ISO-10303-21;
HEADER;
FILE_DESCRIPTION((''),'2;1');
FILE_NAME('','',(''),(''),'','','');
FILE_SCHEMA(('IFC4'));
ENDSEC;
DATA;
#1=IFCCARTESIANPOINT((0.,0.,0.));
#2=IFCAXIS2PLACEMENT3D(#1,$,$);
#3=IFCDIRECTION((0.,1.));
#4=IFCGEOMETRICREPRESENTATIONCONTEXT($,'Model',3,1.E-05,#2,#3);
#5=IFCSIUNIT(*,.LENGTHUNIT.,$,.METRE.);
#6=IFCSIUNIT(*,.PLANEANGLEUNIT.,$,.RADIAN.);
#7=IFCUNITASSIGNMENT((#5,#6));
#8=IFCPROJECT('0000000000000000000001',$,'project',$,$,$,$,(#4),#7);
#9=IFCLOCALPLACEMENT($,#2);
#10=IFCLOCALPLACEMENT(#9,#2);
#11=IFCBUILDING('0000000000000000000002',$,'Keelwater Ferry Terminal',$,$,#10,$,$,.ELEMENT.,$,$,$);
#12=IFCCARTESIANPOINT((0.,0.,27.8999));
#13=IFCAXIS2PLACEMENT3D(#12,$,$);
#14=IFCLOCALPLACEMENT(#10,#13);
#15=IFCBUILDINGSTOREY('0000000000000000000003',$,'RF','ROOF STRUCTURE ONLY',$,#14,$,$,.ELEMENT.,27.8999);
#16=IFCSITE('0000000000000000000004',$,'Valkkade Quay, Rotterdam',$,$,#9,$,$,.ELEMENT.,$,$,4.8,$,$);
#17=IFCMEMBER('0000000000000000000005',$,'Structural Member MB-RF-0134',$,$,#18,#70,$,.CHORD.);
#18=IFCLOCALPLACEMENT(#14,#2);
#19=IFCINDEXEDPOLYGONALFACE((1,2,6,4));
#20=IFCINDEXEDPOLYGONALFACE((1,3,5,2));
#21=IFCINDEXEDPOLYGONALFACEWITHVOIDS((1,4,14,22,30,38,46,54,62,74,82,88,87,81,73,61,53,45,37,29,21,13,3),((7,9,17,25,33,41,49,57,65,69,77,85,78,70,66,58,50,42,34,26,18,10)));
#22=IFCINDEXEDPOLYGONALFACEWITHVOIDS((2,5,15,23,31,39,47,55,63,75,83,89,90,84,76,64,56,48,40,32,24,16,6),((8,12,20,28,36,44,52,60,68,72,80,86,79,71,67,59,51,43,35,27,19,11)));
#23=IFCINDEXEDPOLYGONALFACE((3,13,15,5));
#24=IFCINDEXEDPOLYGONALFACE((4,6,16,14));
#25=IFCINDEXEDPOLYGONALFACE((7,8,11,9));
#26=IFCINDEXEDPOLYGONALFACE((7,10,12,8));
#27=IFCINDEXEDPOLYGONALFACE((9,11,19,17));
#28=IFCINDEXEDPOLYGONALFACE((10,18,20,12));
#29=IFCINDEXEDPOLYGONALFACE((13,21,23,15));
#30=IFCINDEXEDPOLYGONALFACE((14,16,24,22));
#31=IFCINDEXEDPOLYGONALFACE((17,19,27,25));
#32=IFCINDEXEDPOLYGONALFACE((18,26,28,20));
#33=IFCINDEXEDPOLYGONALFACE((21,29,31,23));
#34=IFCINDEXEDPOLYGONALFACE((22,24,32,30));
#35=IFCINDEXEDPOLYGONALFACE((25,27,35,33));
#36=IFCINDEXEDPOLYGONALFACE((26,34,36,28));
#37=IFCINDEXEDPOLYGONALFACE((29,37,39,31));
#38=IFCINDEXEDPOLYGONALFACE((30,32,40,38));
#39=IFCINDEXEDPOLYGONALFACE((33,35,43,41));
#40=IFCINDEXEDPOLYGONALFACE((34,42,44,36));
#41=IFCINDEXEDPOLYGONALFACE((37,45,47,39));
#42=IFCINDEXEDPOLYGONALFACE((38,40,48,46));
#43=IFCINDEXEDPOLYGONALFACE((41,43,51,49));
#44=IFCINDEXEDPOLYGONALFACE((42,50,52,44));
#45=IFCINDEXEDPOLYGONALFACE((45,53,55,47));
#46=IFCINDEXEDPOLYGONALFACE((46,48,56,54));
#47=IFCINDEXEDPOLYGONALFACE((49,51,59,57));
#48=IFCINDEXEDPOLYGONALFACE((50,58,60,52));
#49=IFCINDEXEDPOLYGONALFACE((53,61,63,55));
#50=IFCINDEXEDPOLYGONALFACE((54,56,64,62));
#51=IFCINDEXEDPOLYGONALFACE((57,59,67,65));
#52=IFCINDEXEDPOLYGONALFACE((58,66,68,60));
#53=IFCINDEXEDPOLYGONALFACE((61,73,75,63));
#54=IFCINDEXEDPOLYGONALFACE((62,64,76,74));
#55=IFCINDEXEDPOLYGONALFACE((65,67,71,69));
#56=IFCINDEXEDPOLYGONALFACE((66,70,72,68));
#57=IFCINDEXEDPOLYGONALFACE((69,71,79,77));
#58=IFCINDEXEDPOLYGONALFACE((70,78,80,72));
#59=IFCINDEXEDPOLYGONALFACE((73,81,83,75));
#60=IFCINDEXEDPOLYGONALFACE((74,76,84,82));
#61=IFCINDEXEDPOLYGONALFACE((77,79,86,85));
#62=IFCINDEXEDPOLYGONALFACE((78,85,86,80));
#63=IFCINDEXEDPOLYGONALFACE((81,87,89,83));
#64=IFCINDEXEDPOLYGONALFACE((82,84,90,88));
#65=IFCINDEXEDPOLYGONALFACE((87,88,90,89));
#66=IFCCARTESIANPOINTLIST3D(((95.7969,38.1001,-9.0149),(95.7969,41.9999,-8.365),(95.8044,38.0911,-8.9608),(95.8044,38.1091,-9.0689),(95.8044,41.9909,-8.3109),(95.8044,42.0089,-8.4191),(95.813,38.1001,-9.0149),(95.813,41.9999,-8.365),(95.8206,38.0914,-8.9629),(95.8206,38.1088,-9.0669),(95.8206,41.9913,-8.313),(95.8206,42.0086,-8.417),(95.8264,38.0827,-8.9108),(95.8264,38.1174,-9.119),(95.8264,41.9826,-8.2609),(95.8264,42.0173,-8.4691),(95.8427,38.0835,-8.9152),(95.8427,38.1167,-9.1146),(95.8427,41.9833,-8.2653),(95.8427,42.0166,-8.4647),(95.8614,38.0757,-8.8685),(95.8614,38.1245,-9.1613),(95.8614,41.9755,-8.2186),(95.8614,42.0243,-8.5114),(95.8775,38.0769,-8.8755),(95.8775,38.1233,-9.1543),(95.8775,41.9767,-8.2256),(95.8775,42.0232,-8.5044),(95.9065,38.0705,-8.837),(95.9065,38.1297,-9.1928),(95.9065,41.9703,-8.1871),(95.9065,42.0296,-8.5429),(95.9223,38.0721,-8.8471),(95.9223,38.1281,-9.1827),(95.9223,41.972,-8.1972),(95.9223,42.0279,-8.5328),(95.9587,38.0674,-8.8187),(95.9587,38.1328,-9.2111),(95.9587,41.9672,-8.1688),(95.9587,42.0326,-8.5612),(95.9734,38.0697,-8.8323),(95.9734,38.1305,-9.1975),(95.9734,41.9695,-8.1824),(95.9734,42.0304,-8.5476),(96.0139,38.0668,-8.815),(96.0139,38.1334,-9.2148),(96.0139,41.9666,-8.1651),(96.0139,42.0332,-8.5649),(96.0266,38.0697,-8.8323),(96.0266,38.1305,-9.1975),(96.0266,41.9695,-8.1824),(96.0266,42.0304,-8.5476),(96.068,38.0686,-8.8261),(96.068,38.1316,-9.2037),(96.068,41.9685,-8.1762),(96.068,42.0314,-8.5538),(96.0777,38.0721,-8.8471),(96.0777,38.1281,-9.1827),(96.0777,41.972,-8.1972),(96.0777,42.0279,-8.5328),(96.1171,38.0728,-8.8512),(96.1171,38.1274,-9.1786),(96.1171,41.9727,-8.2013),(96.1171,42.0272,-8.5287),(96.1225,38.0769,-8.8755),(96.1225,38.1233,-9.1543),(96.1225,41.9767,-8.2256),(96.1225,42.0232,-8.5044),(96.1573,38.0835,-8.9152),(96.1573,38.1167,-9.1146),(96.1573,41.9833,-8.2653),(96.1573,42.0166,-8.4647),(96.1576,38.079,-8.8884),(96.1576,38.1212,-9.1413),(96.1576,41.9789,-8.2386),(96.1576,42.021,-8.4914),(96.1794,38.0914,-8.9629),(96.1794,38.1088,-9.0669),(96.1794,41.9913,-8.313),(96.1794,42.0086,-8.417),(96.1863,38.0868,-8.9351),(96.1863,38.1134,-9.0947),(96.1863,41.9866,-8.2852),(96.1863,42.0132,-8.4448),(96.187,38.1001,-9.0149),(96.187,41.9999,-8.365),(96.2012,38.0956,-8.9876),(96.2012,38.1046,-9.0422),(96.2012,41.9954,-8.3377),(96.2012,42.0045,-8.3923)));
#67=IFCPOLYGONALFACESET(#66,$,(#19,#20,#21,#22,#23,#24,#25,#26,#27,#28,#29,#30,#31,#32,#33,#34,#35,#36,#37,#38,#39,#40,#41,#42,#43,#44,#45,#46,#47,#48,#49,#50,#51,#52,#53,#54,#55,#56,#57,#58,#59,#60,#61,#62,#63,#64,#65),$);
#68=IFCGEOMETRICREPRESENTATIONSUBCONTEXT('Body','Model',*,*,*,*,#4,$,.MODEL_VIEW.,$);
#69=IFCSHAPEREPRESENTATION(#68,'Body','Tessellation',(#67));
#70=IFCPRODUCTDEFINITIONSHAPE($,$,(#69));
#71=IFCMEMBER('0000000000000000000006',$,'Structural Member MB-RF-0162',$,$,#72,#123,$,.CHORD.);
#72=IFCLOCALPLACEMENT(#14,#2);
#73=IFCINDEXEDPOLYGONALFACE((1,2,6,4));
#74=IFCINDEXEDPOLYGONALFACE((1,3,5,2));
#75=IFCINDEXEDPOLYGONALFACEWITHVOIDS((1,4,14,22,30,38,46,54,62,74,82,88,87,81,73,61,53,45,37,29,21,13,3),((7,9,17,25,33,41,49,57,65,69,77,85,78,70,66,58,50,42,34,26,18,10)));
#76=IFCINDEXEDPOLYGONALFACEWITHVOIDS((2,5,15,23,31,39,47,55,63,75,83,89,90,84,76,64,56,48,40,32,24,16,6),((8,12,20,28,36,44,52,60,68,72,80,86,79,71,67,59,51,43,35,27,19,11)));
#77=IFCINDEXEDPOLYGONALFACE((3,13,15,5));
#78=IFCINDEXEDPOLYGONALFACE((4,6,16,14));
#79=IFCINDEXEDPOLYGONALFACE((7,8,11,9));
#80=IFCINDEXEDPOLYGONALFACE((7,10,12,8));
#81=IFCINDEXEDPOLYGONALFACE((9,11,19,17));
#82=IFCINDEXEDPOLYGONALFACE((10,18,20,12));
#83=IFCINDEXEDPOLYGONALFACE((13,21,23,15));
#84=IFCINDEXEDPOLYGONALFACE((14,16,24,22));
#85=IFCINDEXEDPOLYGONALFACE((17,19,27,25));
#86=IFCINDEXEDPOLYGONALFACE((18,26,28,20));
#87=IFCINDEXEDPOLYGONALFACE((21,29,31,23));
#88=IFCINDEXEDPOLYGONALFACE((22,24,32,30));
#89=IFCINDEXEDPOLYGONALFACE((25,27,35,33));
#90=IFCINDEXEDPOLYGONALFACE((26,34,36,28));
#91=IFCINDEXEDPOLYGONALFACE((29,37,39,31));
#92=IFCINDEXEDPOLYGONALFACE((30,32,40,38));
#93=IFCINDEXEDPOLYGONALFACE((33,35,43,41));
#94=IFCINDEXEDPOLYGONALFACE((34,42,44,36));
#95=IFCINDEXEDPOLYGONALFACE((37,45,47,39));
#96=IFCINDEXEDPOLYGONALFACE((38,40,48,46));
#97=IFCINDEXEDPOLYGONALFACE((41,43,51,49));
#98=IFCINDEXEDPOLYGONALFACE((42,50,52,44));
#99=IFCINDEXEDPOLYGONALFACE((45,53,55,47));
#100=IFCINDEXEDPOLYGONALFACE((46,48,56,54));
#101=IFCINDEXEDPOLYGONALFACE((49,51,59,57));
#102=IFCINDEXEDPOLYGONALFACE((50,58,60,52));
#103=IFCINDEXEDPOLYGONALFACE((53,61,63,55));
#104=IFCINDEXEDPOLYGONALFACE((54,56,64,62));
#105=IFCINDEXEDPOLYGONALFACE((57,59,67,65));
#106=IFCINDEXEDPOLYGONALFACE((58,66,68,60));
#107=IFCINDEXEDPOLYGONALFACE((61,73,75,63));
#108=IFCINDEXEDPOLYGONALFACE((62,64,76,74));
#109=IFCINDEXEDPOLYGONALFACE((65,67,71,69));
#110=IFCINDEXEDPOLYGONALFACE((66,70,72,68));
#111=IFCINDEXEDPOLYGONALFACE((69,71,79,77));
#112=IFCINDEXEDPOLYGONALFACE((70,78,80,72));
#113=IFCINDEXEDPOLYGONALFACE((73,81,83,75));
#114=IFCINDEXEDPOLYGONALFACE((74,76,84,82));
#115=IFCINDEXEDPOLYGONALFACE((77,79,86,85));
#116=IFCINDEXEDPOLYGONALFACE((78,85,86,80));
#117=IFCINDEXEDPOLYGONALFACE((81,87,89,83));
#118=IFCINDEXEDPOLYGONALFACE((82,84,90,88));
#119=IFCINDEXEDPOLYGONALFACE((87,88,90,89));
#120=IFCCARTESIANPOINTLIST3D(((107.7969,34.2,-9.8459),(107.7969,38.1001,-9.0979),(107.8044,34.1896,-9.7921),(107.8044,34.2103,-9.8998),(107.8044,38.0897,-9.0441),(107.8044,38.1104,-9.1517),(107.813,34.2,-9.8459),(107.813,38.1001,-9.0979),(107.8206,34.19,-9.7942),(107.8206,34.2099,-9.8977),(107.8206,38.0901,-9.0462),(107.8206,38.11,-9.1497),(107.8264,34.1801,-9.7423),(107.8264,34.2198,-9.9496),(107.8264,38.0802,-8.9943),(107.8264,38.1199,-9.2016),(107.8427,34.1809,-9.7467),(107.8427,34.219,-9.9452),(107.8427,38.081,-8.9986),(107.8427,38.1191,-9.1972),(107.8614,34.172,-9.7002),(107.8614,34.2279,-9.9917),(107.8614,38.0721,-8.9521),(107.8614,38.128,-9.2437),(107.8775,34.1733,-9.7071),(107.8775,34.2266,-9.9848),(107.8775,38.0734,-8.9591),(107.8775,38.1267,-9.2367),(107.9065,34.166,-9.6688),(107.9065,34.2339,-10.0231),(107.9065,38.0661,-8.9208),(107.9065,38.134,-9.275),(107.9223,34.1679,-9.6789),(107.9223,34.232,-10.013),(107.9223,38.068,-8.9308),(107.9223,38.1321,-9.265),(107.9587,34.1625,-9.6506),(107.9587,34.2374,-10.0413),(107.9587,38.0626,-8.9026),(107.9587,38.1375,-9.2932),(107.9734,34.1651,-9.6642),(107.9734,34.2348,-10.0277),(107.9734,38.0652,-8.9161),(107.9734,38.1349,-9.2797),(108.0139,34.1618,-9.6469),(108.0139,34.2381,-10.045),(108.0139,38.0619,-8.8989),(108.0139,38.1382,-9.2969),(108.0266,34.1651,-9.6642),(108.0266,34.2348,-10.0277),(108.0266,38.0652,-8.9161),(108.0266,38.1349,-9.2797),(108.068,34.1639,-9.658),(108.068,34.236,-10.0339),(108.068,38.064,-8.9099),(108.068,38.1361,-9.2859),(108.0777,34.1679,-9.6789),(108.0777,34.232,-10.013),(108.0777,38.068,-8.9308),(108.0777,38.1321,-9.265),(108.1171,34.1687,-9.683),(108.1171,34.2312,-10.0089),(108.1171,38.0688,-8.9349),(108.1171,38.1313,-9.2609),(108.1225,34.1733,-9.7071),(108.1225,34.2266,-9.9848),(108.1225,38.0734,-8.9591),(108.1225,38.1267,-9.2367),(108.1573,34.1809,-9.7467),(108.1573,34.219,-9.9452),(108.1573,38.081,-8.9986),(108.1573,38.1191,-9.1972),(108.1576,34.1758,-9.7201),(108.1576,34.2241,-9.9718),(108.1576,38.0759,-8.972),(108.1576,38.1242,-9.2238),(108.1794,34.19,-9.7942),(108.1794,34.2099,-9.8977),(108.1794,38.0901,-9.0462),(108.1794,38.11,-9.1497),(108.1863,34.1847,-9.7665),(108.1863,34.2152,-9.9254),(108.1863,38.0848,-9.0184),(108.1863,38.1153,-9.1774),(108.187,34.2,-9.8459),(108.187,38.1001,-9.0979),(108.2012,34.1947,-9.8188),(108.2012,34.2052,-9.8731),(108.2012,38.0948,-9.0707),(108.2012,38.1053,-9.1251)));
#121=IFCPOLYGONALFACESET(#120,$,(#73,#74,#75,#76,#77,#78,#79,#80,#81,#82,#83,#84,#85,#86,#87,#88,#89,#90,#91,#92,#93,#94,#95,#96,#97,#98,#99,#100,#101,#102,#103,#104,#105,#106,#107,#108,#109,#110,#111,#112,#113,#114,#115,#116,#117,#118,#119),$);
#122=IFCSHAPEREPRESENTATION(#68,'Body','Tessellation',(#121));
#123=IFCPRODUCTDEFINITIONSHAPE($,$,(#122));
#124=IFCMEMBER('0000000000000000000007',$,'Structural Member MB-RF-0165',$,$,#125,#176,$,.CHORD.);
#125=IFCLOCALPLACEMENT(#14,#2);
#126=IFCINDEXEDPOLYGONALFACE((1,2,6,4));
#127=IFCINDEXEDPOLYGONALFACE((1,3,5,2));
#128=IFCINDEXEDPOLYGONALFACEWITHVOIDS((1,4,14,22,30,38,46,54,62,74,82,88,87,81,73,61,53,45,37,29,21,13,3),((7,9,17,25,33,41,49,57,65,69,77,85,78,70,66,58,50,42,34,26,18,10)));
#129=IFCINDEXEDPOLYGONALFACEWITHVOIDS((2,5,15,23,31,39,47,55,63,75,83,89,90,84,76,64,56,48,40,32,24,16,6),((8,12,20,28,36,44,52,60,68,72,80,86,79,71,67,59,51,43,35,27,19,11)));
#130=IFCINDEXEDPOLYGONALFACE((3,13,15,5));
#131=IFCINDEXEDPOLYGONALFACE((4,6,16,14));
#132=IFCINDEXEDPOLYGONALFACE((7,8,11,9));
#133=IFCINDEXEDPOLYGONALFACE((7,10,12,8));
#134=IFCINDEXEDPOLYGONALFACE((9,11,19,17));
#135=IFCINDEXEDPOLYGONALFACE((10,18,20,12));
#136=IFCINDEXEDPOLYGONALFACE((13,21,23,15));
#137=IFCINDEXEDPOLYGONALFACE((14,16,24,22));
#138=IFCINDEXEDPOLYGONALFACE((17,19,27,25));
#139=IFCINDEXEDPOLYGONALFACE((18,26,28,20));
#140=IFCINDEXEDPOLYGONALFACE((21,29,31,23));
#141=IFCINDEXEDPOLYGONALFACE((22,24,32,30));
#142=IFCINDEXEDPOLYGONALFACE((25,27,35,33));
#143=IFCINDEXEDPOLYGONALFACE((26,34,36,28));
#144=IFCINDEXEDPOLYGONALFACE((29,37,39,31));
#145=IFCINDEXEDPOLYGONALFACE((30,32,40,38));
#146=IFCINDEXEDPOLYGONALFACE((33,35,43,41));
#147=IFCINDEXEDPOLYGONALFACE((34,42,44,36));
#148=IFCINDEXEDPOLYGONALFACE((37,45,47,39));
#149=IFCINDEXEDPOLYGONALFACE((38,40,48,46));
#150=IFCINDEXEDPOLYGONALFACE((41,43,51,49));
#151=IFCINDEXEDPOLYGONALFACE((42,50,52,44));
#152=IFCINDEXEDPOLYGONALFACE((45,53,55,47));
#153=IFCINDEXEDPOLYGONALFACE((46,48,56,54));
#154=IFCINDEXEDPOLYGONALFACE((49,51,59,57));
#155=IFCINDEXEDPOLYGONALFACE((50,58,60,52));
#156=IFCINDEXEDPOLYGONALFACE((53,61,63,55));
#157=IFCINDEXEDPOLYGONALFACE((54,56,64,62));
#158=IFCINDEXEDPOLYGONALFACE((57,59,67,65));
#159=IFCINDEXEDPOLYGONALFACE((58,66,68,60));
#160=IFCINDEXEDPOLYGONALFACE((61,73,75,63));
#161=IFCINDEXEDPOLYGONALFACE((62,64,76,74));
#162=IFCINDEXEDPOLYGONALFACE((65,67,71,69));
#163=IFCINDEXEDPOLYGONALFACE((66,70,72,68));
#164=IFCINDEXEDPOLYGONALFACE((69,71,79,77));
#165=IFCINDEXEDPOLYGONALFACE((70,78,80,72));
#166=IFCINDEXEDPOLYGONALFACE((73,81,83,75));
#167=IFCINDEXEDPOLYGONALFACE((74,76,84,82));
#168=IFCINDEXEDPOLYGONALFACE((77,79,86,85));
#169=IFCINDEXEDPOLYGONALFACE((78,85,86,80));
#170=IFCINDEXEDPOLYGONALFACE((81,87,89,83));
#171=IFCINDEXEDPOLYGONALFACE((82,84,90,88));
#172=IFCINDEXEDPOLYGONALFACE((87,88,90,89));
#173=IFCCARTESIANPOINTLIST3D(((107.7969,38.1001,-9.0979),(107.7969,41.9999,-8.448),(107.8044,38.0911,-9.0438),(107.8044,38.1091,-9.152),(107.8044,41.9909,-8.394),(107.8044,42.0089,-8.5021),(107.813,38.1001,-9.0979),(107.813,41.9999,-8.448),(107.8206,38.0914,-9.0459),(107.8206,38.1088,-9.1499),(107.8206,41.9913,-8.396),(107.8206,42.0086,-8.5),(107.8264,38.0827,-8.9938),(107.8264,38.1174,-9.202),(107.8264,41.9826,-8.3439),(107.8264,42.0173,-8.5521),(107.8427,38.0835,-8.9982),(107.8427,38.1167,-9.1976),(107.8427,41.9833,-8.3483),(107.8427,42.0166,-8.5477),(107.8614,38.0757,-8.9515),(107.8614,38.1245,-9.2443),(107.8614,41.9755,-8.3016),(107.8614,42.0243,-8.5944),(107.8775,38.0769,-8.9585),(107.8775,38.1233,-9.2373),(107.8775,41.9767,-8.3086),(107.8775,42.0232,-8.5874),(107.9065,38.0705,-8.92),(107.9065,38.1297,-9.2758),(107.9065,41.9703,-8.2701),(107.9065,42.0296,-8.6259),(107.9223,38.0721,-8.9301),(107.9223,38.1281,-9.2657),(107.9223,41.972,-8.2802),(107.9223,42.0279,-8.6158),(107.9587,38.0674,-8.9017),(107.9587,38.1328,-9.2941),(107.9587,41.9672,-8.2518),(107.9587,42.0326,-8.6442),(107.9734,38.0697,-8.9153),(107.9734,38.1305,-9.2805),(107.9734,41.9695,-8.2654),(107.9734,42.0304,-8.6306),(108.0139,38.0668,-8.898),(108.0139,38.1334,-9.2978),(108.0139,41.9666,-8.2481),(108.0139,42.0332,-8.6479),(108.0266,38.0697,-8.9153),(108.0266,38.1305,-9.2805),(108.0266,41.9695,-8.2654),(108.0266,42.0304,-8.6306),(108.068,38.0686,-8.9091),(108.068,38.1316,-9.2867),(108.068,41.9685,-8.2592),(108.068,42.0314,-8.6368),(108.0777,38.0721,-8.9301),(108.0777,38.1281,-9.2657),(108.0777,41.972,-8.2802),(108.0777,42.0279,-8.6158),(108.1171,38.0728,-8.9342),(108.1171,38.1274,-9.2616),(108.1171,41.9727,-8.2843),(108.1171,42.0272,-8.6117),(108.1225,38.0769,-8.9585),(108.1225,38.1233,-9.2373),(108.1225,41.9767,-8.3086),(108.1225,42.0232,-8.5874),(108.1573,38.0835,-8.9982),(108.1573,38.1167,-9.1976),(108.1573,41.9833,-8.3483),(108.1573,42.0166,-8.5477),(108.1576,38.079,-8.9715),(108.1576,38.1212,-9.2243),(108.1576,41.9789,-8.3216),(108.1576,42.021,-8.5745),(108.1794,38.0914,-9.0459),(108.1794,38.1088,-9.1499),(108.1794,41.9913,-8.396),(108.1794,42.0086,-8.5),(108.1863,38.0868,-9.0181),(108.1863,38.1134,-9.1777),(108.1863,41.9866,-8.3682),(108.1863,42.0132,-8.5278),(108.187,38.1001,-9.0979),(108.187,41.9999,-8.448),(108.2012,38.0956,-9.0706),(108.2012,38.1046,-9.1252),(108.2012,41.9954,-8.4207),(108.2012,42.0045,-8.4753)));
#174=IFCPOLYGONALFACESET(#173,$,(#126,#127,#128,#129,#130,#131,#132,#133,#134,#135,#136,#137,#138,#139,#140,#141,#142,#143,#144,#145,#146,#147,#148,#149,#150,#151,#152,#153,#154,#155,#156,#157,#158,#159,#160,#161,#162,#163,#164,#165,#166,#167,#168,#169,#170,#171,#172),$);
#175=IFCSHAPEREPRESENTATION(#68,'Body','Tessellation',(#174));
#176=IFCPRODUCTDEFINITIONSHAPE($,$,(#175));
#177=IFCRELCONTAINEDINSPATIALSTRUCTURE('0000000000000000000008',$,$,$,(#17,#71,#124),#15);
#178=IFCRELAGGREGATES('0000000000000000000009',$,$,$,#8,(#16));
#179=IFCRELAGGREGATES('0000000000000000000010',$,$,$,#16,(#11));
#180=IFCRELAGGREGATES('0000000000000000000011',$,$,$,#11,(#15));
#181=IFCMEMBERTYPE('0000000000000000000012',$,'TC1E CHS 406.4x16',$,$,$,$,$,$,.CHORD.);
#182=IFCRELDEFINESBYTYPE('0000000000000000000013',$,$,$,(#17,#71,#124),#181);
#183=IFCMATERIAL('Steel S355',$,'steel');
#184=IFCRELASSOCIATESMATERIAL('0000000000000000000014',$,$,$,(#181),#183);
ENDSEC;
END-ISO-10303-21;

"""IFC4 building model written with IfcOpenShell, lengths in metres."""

from ifc_helpers import new_model, si_unit, direction, frame, origin, origin_2d, place, context, subcontext, project, spatial, hollow_circle, extrude, material, material_profile, profile_set, type_object, element, save


model = new_model("IFC4")

# Units and contexts
model_context = context("Model", 3, precision=1e-05, world=origin(), true_north=direction((0.0, 1.0)))
body_context = subcontext(model_context, "Body", "Model", "MODEL_VIEW")
ifc_project = project(units=[si_unit("LENGTHUNIT", "METRE"), si_unit("PLANEANGLEUNIT", "RADIAN")], contexts=[model_context])

# Site, building, storey
site_placement = place(None, origin())
site = spatial("IfcSite", under=ifc_project, at=site_placement, Name="Valkkade Quay, Rotterdam", CompositionType="ELEMENT", RefElevation=4.8)
building_placement = place(site_placement, origin())
building = spatial("IfcBuilding", under=site, at=building_placement, Name="Keelwater Ferry Terminal", CompositionType="ELEMENT")
storey_placement = place(building_placement, frame((0.0, 0.0, 27.8999)))
storey = spatial("IfcBuildingStorey", under=building, at=storey_placement, Name="RF", Description="ROOF STRUCTURE ONLY", CompositionType="ELEMENT", Elevation=27.8999)

# Members
ifc_material_1 = material(Name="Steel S355", Category="steel")
ifc_material_profile_1 = material_profile(ifc_material_1, hollow_circle(Radius=0.2031, WallThickness=0.0161, at=origin_2d()), Name="CHS 406.4x16")
ifc_profile_set_1 = profile_set([ifc_material_profile_1], Name="Steel S355")
member_type_1 = type_object("IfcMemberType", Name="TC1E CHS 406.4x16", PredefinedType="CHORD", material=ifc_profile_set_1)
member_1_placement = place(storey_placement, frame((96.0, 38.1001, -9.0149), z_axis=(0.0, 0.986397, 0.164379), x_axis=(-1.0, 0.0, 0.0)))
element("IfcMember", 1, at=member_1_placement, inside=storey, type_object=member_type_1, Name="Structural Member MB-RF-0134", PredefinedType="CHORD", context=body_context, shape_type="SweptSolid", body=[
    extrude(hollow_circle(Radius=0.2031, WallThickness=0.0161, at=origin_2d()), origin(), (0.0, 0.0, 1.0), 3.9536),
])
member_2_placement = place(storey_placement, frame((108.0, 34.2, -9.8459), z_axis=(0.0, 0.982099, 0.188366), x_axis=(-1.0, 0.0, 0.0)))
element("IfcMember", 2, at=member_2_placement, inside=storey, type_object=member_type_1, Name="Structural Member MB-RF-0162", PredefinedType="CHORD", context=body_context, shape_type="SweptSolid", body=[
    extrude(hollow_circle(Radius=0.2031, WallThickness=0.0161, at=origin_2d()), origin(), (0.0, 0.0, 1.0), 3.9712),
])
member_3_placement = place(storey_placement, frame((108.0, 38.1001, -9.0979), z_axis=(0.0, 0.986397, 0.164379), x_axis=(-1.0, 0.0, 0.0)))
element("IfcMember", 3, at=member_3_placement, inside=storey, type_object=member_type_1, Name="Structural Member MB-RF-0165", PredefinedType="CHORD", context=body_context, shape_type="SweptSolid", body=[
    extrude(hollow_circle(Radius=0.2031, WallThickness=0.0161, at=origin_2d()), origin(), (0.0, 0.0, 1.0), 3.9536),
])

save(model, "model.ifc")
